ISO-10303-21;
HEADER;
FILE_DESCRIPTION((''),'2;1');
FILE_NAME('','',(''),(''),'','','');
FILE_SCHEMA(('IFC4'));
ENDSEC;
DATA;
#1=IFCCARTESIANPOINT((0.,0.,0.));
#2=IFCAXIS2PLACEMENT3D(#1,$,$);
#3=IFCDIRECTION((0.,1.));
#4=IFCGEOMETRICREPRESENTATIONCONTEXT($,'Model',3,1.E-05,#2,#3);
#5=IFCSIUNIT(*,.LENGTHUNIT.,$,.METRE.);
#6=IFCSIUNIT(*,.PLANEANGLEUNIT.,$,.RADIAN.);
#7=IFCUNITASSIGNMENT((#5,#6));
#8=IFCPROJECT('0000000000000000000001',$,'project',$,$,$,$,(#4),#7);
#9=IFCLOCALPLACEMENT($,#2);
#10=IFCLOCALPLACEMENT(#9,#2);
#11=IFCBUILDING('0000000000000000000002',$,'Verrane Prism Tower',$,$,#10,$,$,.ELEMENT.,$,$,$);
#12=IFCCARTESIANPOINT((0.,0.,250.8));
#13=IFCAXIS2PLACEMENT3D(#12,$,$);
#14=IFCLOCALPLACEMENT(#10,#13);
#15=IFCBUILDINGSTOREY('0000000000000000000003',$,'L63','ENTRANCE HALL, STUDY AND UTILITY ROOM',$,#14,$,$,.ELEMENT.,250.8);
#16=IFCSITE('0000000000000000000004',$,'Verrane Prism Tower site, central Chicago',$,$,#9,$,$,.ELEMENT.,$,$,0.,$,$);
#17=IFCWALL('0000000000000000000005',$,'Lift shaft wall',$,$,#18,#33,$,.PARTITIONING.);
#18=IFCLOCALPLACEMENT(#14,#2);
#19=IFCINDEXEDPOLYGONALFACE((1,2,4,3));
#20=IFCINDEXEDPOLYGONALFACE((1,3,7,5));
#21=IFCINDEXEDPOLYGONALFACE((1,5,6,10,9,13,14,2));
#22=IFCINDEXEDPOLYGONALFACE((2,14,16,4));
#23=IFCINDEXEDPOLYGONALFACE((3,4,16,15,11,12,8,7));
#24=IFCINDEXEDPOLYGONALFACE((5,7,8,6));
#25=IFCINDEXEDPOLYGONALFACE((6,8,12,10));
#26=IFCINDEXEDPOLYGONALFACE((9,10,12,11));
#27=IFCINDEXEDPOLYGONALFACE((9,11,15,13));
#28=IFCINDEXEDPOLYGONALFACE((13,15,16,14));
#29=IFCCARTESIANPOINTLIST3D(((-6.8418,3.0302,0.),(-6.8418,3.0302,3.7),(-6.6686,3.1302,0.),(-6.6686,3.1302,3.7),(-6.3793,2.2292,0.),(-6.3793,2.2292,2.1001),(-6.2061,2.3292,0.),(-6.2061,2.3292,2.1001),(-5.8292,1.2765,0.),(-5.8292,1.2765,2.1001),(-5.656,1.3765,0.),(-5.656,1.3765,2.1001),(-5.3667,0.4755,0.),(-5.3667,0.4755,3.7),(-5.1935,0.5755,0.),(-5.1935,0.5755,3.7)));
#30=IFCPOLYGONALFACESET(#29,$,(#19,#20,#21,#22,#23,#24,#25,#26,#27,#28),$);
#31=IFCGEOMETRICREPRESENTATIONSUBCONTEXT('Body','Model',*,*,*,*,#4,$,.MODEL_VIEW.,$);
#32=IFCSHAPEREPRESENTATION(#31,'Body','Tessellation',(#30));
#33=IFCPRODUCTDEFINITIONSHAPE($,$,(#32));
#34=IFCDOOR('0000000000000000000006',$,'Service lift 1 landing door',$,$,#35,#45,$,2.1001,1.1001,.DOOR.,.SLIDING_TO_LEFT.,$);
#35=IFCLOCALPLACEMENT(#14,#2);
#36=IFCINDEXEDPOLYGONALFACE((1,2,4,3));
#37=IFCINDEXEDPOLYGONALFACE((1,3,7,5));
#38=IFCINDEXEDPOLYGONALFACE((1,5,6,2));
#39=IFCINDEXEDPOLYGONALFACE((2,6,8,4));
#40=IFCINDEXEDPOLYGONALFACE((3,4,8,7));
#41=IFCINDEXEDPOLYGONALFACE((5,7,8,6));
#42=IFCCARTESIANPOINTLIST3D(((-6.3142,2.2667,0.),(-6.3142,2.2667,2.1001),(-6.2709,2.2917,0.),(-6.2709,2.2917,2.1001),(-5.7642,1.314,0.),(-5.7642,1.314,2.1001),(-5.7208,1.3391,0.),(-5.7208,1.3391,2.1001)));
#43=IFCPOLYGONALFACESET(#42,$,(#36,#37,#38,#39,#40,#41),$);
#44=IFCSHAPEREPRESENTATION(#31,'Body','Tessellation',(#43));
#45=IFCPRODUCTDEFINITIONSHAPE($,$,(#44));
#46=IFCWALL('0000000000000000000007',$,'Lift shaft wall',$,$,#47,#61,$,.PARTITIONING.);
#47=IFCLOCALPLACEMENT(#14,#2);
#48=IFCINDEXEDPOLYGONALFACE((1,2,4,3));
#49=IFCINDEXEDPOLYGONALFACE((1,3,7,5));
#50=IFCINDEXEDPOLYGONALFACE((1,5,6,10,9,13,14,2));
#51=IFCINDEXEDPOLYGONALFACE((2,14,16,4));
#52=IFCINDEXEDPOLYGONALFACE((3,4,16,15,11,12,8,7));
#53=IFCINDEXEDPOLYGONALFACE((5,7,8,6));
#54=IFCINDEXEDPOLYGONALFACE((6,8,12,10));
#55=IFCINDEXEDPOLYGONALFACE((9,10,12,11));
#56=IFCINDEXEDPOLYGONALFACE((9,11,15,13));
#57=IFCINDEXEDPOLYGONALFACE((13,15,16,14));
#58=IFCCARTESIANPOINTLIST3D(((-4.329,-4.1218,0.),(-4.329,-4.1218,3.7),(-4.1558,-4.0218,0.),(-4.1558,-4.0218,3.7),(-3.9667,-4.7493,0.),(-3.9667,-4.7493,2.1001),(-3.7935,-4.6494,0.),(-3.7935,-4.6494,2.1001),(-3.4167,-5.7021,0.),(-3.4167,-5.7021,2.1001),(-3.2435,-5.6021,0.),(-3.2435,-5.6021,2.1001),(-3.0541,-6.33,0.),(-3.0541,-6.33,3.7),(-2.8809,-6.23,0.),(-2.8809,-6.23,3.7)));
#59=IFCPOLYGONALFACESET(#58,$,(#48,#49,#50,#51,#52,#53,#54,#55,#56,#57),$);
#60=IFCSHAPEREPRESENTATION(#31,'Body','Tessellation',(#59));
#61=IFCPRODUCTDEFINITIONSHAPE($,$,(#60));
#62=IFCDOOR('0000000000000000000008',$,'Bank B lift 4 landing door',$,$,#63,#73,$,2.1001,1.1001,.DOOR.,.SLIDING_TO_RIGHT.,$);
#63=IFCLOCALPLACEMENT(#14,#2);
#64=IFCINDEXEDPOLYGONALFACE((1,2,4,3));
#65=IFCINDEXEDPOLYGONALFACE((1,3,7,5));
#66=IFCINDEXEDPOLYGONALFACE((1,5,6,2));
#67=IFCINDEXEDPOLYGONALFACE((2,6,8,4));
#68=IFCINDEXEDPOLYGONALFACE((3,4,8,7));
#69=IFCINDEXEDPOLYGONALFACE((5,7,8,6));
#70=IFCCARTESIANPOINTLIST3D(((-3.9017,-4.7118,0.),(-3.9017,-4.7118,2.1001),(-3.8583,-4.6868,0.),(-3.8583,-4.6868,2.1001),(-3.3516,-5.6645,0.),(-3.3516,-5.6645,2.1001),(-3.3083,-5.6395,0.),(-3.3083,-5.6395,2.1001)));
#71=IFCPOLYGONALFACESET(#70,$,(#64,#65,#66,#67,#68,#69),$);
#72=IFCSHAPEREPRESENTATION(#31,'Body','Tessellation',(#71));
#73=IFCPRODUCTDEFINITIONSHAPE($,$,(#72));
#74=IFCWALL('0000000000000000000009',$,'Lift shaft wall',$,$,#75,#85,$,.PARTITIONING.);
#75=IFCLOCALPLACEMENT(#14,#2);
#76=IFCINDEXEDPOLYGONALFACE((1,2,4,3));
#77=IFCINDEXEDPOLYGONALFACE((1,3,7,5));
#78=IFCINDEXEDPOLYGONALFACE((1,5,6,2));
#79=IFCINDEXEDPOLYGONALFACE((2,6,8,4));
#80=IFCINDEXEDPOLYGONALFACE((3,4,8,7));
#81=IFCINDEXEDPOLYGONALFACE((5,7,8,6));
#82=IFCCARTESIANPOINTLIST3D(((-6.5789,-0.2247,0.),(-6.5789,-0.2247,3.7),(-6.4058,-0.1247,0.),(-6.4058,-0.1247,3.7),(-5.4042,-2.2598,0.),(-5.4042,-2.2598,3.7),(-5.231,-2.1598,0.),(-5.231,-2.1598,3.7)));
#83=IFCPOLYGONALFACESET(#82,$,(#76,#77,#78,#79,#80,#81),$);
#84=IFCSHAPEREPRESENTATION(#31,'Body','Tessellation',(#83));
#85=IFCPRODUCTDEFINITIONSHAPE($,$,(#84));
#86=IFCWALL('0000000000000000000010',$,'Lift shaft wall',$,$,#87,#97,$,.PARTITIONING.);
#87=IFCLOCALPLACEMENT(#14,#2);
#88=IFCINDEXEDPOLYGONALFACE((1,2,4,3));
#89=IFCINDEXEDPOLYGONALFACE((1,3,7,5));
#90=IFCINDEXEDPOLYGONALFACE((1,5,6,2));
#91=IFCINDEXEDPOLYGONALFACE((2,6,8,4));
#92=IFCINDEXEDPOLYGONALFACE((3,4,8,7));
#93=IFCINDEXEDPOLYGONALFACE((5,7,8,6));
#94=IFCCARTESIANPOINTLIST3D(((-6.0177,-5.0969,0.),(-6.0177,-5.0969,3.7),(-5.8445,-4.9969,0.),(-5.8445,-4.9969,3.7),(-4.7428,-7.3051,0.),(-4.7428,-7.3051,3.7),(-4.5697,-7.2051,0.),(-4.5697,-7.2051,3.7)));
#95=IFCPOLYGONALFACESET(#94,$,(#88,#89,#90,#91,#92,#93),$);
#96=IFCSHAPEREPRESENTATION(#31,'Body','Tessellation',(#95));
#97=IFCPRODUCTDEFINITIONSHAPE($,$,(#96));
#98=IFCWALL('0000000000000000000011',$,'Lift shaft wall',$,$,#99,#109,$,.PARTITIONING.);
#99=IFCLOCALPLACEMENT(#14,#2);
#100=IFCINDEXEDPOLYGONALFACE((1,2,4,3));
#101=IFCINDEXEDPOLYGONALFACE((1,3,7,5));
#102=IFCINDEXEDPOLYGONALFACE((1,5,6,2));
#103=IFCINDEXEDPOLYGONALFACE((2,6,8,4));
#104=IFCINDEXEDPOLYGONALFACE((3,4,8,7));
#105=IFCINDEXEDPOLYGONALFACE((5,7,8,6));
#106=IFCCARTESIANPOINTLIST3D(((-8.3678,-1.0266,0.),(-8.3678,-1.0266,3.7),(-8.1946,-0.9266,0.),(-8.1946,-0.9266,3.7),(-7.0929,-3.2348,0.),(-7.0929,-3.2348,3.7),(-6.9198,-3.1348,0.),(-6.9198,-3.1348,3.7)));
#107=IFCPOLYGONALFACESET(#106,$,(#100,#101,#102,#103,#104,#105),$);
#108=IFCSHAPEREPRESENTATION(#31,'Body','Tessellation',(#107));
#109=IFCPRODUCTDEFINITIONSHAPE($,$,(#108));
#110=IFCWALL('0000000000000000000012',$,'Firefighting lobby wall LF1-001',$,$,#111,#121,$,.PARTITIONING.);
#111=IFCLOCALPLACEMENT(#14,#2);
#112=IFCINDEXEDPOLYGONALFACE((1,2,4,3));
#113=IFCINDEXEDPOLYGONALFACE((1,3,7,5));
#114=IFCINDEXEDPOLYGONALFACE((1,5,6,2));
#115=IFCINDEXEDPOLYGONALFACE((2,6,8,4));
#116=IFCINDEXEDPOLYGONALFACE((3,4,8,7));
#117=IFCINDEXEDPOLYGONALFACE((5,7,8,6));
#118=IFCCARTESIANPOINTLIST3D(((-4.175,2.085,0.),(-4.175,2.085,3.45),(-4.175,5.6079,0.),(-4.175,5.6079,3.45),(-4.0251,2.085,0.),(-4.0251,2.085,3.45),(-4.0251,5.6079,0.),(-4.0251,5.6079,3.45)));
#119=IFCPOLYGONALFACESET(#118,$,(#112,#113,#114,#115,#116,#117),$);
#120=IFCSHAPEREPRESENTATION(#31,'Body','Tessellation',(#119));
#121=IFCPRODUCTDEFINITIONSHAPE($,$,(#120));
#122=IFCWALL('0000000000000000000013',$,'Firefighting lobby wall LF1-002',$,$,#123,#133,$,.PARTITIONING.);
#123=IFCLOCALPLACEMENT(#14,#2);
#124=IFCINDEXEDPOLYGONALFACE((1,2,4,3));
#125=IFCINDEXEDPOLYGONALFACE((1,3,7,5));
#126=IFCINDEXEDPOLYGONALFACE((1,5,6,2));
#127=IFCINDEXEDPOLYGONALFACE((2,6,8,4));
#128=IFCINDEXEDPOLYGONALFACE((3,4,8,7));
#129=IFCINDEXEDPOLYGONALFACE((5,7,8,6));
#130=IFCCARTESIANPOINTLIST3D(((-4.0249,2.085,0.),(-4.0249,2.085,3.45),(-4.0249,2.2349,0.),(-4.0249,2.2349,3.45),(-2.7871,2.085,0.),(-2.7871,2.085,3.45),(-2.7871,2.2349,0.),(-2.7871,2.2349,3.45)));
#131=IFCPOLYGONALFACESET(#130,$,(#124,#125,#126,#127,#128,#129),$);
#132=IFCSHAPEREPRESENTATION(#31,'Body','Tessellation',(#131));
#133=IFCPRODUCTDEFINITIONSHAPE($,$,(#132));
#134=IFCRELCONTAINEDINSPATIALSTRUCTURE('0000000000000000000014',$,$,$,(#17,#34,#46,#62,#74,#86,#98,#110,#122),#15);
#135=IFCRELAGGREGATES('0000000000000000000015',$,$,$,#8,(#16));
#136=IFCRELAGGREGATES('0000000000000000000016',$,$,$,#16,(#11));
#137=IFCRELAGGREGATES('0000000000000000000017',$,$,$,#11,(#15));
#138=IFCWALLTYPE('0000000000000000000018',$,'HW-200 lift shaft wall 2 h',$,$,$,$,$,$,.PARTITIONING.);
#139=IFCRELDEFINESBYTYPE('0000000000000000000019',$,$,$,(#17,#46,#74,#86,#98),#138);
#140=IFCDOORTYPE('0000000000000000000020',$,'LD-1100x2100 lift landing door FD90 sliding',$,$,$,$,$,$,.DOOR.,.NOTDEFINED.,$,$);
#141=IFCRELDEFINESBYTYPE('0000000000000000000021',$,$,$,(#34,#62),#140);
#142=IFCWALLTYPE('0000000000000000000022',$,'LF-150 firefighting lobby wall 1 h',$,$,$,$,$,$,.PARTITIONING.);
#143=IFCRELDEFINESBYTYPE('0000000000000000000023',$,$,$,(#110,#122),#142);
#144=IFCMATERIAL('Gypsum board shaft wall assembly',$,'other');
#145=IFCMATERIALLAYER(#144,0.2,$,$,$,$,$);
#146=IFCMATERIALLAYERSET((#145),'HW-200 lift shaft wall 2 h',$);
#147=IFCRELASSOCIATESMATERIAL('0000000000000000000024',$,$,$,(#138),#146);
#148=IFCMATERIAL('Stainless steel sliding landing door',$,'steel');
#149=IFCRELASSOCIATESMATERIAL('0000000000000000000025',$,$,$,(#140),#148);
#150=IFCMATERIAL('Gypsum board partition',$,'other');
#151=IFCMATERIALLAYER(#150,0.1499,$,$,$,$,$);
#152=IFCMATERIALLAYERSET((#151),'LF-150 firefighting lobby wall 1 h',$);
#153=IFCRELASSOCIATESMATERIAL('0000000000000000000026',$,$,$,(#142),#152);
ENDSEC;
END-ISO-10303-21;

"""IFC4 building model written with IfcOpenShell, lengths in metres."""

from ifc_helpers import new_model, si_unit, direction, frame, frame_2d, origin, place, context, subcontext, project, spatial, rectangle, extrude, material, layer, layer_set, type_object, element, fill, save


model = new_model("IFC4")

# Units and contexts
model_context = context("Model", 3, precision=1e-05, world=origin(), true_north=direction((0.0, 1.0)))
body_context = subcontext(model_context, "Body", "Model", "MODEL_VIEW")
ifc_project = project(units=[si_unit("LENGTHUNIT", "METRE"), si_unit("PLANEANGLEUNIT", "RADIAN")], contexts=[model_context])

# Site, building, storey
site_placement = place(None, origin())
site = spatial("IfcSite", under=ifc_project, at=site_placement, Name="Verrane Prism Tower site, central Chicago", CompositionType="ELEMENT", RefElevation=0.0)
building_placement = place(site_placement, origin())
building = spatial("IfcBuilding", under=site, at=building_placement, Name="Verrane Prism Tower", CompositionType="ELEMENT")
storey_placement = place(building_placement, frame((0.0, 0.0, 250.8)))
storey = spatial("IfcBuildingStorey", under=building, at=storey_placement, Name="L63", Description="ENTRANCE HALL, STUDY AND UTILITY ROOM", CompositionType="ELEMENT", Elevation=250.8)

# Shared definitions
ifc_material_1 = material(Name="Gypsum board shaft wall assembly", Category="other")
ifc_layer_1 = layer(ifc_material_1, 0.2)
ifc_layer_set_1 = layer_set([ifc_layer_1], Name="HW-200 lift shaft wall 2 h")
wall_type_1 = type_object("IfcWallType", Name="HW-200 lift shaft wall 2 h", PredefinedType="PARTITIONING", material=ifc_layer_set_1)
ifc_material_2 = material(Name="Stainless steel sliding landing door", Category="steel")
door_type_1 = type_object("IfcDoorType", Name="LD-1100x2100 lift landing door FD90 sliding", OperationType="NOTDEFINED", PredefinedType="DOOR", material=ifc_material_2)

# Walls, openings, doors
wall_1_placement = place(storey_placement, frame((-5.28, 0.5254, 0.0), z_axis=(0.0, 0.0, 1.0), x_axis=(-0.500038, 0.866004, 0.0)))
wall_1 = element("IfcWall", 1, at=wall_1_placement, inside=storey, type_object=wall_type_1, Name="Lift shaft wall", PredefinedType="PARTITIONING", context=body_context, shape_type="SweptSolid", body=[
    extrude(rectangle(XDim=2.95, YDim=0.2, at=frame_2d((1.4751, 0.0))), origin(), (0.0, 0.0, 1.0), 3.7),
])
opening_1_placement = place(wall_1_placement, frame((0.925, 0.0, 0.0)))
opening_1 = element("IfcOpeningElement", 2, at=opening_1_placement, cuts=wall_1, PredefinedType="OPENING", context=body_context, shape_type="SweptSolid", body=[
    extrude(rectangle(XDim=1.1001, YDim=2.1001, at=frame_2d((0.55, 1.05))), frame((0.0, 0.1099, 0.0), z_axis=(0.0, -1.0, 0.0), x_axis=(1.0, 0.0, 0.0)), (0.0, 0.0, 1.0), 0.22),
])
door_1_placement = place(opening_1_placement, origin())
door_1 = element("IfcDoor", 3, at=door_1_placement, inside=storey, type_object=door_type_1, Name="Service lift 1 landing door", OperationType="SLIDING_TO_LEFT", OverallHeight=2.1001, OverallWidth=1.1001, PredefinedType="DOOR", context=body_context, shape_type="SweptSolid", body=[
    extrude(rectangle(XDim=1.1001, YDim=2.1001, at=frame_2d((0.55, 1.05))), frame((0.0, 0.0249, 0.0), z_axis=(0.0, -1.0, 0.0), x_axis=(1.0, 0.0, 0.0)), (0.0, 0.0, 1.0), 0.05),
])
fill(opening_1, door_1)
wall_2_placement = place(storey_placement, frame((-2.9675, -6.28, 0.0), z_axis=(0.0, 0.0, 1.0), x_axis=(-0.49999, 0.866031, 0.0)))
wall_2 = element("IfcWall", 4, at=wall_2_placement, inside=storey, type_object=wall_type_1, Name="Lift shaft wall", PredefinedType="PARTITIONING", context=body_context, shape_type="SweptSolid", body=[
    extrude(rectangle(XDim=2.5498, YDim=0.2, at=frame_2d((1.2749, 0.0))), origin(), (0.0, 0.0, 1.0), 3.7),
])
opening_2_placement = place(wall_2_placement, frame((0.7251, 0.0, 0.0)))
opening_2 = element("IfcOpeningElement", 5, at=opening_2_placement, cuts=wall_2, PredefinedType="OPENING", context=body_context, shape_type="SweptSolid", body=[
    extrude(rectangle(XDim=1.1001, YDim=2.1001, at=frame_2d((0.55, 1.05))), frame((0.0, 0.1099, 0.0), z_axis=(0.0, -1.0, 0.0), x_axis=(1.0, 0.0, 0.0)), (0.0, 0.0, 1.0), 0.22),
])
door_2_placement = place(opening_2_placement, origin())
door_2 = element("IfcDoor", 6, at=door_2_placement, inside=storey, type_object=door_type_1, Name="Bank B lift 4 landing door", OperationType="SLIDING_TO_RIGHT", OverallHeight=2.1001, OverallWidth=1.1001, PredefinedType="DOOR", context=body_context, shape_type="SweptSolid", body=[
    extrude(rectangle(XDim=1.1001, YDim=2.1001, at=frame_2d((0.55, 1.05))), frame((0.0, 0.0249, 0.0), z_axis=(0.0, -1.0, 0.0), x_axis=(1.0, 0.0, 0.0)), (0.0, 0.0, 1.0), 0.05),
])
fill(opening_2, door_2)

# Walls
wall_3_placement = place(storey_placement, frame((-5.3176, -2.2097, 0.0), z_axis=(0.0, 0.0, 1.0), x_axis=(-0.499938, 0.866061, 0.0)))
element("IfcWall", 7, at=wall_3_placement, inside=storey, type_object=wall_type_1, Name="Lift shaft wall", PredefinedType="PARTITIONING", context=body_context, shape_type="SweptSolid", body=[
    extrude(rectangle(XDim=2.3499, YDim=0.2, at=frame_2d((1.1748, 0.0))), origin(), (0.0, 0.0, 1.0), 3.7),
])
for number, where, z_axis, x_axis, name in (
    (8, (-4.6562, -7.2551, 0.0), (0.0, 0.0, 1.0), (-0.49999, 0.866031, 0.0), "Lift shaft wall"),
    (9, (-7.0063, -3.1848, 0.0), (0.0, 0.0, 1.0), (-0.49999, 0.866031, 0.0), "Lift shaft wall"),
):
    element("IfcWall", number, at=place(storey_placement, frame(where, z_axis=z_axis, x_axis=x_axis)), inside=storey, type_object=wall_type_1, Name=name, PredefinedType="PARTITIONING", context=body_context, shape_type="SweptSolid", body=[
        extrude(rectangle(XDim=2.5498, YDim=0.2, at=frame_2d((1.2749, 0.0))), origin(), (0.0, 0.0, 1.0), 3.7),
    ])
ifc_material_3 = material(Name="Gypsum board partition", Category="other")
ifc_layer_2 = layer(ifc_material_3, 0.1499)
ifc_layer_set_2 = layer_set([ifc_layer_2], Name="LF-150 firefighting lobby wall 1 h")
wall_type_2 = type_object("IfcWallType", Name="LF-150 firefighting lobby wall 1 h", PredefinedType="PARTITIONING", material=ifc_layer_set_2)
wall_4_placement = place(storey_placement, frame((-4.1001, 2.085, 0.0), z_axis=(0.0, 0.0, 1.0), x_axis=(0.0, 1.0, 0.0)))
element("IfcWall", 10, at=wall_4_placement, inside=storey, type_object=wall_type_2, Name="Firefighting lobby wall LF1-001", PredefinedType="PARTITIONING", context=body_context, shape_type="SweptSolid", body=[
    extrude(rectangle(XDim=3.5229, YDim=0.1499, at=frame_2d((1.7615, 0.0))), origin(), (0.0, 0.0, 1.0), 3.45),
])
wall_5_placement = place(storey_placement, frame((-4.0249, 2.1599, 0.0), z_axis=(0.0, 0.0, 1.0), x_axis=(1.0, 0.0, 0.0)))
element("IfcWall", 11, at=wall_5_placement, inside=storey, type_object=wall_type_2, Name="Firefighting lobby wall LF1-002", PredefinedType="PARTITIONING", context=body_context, shape_type="SweptSolid", body=[
    extrude(rectangle(XDim=1.2378, YDim=0.1499, at=frame_2d((0.6189, 0.0))), origin(), (0.0, 0.0, 1.0), 3.45),
])

save(model, "model.ifc")
